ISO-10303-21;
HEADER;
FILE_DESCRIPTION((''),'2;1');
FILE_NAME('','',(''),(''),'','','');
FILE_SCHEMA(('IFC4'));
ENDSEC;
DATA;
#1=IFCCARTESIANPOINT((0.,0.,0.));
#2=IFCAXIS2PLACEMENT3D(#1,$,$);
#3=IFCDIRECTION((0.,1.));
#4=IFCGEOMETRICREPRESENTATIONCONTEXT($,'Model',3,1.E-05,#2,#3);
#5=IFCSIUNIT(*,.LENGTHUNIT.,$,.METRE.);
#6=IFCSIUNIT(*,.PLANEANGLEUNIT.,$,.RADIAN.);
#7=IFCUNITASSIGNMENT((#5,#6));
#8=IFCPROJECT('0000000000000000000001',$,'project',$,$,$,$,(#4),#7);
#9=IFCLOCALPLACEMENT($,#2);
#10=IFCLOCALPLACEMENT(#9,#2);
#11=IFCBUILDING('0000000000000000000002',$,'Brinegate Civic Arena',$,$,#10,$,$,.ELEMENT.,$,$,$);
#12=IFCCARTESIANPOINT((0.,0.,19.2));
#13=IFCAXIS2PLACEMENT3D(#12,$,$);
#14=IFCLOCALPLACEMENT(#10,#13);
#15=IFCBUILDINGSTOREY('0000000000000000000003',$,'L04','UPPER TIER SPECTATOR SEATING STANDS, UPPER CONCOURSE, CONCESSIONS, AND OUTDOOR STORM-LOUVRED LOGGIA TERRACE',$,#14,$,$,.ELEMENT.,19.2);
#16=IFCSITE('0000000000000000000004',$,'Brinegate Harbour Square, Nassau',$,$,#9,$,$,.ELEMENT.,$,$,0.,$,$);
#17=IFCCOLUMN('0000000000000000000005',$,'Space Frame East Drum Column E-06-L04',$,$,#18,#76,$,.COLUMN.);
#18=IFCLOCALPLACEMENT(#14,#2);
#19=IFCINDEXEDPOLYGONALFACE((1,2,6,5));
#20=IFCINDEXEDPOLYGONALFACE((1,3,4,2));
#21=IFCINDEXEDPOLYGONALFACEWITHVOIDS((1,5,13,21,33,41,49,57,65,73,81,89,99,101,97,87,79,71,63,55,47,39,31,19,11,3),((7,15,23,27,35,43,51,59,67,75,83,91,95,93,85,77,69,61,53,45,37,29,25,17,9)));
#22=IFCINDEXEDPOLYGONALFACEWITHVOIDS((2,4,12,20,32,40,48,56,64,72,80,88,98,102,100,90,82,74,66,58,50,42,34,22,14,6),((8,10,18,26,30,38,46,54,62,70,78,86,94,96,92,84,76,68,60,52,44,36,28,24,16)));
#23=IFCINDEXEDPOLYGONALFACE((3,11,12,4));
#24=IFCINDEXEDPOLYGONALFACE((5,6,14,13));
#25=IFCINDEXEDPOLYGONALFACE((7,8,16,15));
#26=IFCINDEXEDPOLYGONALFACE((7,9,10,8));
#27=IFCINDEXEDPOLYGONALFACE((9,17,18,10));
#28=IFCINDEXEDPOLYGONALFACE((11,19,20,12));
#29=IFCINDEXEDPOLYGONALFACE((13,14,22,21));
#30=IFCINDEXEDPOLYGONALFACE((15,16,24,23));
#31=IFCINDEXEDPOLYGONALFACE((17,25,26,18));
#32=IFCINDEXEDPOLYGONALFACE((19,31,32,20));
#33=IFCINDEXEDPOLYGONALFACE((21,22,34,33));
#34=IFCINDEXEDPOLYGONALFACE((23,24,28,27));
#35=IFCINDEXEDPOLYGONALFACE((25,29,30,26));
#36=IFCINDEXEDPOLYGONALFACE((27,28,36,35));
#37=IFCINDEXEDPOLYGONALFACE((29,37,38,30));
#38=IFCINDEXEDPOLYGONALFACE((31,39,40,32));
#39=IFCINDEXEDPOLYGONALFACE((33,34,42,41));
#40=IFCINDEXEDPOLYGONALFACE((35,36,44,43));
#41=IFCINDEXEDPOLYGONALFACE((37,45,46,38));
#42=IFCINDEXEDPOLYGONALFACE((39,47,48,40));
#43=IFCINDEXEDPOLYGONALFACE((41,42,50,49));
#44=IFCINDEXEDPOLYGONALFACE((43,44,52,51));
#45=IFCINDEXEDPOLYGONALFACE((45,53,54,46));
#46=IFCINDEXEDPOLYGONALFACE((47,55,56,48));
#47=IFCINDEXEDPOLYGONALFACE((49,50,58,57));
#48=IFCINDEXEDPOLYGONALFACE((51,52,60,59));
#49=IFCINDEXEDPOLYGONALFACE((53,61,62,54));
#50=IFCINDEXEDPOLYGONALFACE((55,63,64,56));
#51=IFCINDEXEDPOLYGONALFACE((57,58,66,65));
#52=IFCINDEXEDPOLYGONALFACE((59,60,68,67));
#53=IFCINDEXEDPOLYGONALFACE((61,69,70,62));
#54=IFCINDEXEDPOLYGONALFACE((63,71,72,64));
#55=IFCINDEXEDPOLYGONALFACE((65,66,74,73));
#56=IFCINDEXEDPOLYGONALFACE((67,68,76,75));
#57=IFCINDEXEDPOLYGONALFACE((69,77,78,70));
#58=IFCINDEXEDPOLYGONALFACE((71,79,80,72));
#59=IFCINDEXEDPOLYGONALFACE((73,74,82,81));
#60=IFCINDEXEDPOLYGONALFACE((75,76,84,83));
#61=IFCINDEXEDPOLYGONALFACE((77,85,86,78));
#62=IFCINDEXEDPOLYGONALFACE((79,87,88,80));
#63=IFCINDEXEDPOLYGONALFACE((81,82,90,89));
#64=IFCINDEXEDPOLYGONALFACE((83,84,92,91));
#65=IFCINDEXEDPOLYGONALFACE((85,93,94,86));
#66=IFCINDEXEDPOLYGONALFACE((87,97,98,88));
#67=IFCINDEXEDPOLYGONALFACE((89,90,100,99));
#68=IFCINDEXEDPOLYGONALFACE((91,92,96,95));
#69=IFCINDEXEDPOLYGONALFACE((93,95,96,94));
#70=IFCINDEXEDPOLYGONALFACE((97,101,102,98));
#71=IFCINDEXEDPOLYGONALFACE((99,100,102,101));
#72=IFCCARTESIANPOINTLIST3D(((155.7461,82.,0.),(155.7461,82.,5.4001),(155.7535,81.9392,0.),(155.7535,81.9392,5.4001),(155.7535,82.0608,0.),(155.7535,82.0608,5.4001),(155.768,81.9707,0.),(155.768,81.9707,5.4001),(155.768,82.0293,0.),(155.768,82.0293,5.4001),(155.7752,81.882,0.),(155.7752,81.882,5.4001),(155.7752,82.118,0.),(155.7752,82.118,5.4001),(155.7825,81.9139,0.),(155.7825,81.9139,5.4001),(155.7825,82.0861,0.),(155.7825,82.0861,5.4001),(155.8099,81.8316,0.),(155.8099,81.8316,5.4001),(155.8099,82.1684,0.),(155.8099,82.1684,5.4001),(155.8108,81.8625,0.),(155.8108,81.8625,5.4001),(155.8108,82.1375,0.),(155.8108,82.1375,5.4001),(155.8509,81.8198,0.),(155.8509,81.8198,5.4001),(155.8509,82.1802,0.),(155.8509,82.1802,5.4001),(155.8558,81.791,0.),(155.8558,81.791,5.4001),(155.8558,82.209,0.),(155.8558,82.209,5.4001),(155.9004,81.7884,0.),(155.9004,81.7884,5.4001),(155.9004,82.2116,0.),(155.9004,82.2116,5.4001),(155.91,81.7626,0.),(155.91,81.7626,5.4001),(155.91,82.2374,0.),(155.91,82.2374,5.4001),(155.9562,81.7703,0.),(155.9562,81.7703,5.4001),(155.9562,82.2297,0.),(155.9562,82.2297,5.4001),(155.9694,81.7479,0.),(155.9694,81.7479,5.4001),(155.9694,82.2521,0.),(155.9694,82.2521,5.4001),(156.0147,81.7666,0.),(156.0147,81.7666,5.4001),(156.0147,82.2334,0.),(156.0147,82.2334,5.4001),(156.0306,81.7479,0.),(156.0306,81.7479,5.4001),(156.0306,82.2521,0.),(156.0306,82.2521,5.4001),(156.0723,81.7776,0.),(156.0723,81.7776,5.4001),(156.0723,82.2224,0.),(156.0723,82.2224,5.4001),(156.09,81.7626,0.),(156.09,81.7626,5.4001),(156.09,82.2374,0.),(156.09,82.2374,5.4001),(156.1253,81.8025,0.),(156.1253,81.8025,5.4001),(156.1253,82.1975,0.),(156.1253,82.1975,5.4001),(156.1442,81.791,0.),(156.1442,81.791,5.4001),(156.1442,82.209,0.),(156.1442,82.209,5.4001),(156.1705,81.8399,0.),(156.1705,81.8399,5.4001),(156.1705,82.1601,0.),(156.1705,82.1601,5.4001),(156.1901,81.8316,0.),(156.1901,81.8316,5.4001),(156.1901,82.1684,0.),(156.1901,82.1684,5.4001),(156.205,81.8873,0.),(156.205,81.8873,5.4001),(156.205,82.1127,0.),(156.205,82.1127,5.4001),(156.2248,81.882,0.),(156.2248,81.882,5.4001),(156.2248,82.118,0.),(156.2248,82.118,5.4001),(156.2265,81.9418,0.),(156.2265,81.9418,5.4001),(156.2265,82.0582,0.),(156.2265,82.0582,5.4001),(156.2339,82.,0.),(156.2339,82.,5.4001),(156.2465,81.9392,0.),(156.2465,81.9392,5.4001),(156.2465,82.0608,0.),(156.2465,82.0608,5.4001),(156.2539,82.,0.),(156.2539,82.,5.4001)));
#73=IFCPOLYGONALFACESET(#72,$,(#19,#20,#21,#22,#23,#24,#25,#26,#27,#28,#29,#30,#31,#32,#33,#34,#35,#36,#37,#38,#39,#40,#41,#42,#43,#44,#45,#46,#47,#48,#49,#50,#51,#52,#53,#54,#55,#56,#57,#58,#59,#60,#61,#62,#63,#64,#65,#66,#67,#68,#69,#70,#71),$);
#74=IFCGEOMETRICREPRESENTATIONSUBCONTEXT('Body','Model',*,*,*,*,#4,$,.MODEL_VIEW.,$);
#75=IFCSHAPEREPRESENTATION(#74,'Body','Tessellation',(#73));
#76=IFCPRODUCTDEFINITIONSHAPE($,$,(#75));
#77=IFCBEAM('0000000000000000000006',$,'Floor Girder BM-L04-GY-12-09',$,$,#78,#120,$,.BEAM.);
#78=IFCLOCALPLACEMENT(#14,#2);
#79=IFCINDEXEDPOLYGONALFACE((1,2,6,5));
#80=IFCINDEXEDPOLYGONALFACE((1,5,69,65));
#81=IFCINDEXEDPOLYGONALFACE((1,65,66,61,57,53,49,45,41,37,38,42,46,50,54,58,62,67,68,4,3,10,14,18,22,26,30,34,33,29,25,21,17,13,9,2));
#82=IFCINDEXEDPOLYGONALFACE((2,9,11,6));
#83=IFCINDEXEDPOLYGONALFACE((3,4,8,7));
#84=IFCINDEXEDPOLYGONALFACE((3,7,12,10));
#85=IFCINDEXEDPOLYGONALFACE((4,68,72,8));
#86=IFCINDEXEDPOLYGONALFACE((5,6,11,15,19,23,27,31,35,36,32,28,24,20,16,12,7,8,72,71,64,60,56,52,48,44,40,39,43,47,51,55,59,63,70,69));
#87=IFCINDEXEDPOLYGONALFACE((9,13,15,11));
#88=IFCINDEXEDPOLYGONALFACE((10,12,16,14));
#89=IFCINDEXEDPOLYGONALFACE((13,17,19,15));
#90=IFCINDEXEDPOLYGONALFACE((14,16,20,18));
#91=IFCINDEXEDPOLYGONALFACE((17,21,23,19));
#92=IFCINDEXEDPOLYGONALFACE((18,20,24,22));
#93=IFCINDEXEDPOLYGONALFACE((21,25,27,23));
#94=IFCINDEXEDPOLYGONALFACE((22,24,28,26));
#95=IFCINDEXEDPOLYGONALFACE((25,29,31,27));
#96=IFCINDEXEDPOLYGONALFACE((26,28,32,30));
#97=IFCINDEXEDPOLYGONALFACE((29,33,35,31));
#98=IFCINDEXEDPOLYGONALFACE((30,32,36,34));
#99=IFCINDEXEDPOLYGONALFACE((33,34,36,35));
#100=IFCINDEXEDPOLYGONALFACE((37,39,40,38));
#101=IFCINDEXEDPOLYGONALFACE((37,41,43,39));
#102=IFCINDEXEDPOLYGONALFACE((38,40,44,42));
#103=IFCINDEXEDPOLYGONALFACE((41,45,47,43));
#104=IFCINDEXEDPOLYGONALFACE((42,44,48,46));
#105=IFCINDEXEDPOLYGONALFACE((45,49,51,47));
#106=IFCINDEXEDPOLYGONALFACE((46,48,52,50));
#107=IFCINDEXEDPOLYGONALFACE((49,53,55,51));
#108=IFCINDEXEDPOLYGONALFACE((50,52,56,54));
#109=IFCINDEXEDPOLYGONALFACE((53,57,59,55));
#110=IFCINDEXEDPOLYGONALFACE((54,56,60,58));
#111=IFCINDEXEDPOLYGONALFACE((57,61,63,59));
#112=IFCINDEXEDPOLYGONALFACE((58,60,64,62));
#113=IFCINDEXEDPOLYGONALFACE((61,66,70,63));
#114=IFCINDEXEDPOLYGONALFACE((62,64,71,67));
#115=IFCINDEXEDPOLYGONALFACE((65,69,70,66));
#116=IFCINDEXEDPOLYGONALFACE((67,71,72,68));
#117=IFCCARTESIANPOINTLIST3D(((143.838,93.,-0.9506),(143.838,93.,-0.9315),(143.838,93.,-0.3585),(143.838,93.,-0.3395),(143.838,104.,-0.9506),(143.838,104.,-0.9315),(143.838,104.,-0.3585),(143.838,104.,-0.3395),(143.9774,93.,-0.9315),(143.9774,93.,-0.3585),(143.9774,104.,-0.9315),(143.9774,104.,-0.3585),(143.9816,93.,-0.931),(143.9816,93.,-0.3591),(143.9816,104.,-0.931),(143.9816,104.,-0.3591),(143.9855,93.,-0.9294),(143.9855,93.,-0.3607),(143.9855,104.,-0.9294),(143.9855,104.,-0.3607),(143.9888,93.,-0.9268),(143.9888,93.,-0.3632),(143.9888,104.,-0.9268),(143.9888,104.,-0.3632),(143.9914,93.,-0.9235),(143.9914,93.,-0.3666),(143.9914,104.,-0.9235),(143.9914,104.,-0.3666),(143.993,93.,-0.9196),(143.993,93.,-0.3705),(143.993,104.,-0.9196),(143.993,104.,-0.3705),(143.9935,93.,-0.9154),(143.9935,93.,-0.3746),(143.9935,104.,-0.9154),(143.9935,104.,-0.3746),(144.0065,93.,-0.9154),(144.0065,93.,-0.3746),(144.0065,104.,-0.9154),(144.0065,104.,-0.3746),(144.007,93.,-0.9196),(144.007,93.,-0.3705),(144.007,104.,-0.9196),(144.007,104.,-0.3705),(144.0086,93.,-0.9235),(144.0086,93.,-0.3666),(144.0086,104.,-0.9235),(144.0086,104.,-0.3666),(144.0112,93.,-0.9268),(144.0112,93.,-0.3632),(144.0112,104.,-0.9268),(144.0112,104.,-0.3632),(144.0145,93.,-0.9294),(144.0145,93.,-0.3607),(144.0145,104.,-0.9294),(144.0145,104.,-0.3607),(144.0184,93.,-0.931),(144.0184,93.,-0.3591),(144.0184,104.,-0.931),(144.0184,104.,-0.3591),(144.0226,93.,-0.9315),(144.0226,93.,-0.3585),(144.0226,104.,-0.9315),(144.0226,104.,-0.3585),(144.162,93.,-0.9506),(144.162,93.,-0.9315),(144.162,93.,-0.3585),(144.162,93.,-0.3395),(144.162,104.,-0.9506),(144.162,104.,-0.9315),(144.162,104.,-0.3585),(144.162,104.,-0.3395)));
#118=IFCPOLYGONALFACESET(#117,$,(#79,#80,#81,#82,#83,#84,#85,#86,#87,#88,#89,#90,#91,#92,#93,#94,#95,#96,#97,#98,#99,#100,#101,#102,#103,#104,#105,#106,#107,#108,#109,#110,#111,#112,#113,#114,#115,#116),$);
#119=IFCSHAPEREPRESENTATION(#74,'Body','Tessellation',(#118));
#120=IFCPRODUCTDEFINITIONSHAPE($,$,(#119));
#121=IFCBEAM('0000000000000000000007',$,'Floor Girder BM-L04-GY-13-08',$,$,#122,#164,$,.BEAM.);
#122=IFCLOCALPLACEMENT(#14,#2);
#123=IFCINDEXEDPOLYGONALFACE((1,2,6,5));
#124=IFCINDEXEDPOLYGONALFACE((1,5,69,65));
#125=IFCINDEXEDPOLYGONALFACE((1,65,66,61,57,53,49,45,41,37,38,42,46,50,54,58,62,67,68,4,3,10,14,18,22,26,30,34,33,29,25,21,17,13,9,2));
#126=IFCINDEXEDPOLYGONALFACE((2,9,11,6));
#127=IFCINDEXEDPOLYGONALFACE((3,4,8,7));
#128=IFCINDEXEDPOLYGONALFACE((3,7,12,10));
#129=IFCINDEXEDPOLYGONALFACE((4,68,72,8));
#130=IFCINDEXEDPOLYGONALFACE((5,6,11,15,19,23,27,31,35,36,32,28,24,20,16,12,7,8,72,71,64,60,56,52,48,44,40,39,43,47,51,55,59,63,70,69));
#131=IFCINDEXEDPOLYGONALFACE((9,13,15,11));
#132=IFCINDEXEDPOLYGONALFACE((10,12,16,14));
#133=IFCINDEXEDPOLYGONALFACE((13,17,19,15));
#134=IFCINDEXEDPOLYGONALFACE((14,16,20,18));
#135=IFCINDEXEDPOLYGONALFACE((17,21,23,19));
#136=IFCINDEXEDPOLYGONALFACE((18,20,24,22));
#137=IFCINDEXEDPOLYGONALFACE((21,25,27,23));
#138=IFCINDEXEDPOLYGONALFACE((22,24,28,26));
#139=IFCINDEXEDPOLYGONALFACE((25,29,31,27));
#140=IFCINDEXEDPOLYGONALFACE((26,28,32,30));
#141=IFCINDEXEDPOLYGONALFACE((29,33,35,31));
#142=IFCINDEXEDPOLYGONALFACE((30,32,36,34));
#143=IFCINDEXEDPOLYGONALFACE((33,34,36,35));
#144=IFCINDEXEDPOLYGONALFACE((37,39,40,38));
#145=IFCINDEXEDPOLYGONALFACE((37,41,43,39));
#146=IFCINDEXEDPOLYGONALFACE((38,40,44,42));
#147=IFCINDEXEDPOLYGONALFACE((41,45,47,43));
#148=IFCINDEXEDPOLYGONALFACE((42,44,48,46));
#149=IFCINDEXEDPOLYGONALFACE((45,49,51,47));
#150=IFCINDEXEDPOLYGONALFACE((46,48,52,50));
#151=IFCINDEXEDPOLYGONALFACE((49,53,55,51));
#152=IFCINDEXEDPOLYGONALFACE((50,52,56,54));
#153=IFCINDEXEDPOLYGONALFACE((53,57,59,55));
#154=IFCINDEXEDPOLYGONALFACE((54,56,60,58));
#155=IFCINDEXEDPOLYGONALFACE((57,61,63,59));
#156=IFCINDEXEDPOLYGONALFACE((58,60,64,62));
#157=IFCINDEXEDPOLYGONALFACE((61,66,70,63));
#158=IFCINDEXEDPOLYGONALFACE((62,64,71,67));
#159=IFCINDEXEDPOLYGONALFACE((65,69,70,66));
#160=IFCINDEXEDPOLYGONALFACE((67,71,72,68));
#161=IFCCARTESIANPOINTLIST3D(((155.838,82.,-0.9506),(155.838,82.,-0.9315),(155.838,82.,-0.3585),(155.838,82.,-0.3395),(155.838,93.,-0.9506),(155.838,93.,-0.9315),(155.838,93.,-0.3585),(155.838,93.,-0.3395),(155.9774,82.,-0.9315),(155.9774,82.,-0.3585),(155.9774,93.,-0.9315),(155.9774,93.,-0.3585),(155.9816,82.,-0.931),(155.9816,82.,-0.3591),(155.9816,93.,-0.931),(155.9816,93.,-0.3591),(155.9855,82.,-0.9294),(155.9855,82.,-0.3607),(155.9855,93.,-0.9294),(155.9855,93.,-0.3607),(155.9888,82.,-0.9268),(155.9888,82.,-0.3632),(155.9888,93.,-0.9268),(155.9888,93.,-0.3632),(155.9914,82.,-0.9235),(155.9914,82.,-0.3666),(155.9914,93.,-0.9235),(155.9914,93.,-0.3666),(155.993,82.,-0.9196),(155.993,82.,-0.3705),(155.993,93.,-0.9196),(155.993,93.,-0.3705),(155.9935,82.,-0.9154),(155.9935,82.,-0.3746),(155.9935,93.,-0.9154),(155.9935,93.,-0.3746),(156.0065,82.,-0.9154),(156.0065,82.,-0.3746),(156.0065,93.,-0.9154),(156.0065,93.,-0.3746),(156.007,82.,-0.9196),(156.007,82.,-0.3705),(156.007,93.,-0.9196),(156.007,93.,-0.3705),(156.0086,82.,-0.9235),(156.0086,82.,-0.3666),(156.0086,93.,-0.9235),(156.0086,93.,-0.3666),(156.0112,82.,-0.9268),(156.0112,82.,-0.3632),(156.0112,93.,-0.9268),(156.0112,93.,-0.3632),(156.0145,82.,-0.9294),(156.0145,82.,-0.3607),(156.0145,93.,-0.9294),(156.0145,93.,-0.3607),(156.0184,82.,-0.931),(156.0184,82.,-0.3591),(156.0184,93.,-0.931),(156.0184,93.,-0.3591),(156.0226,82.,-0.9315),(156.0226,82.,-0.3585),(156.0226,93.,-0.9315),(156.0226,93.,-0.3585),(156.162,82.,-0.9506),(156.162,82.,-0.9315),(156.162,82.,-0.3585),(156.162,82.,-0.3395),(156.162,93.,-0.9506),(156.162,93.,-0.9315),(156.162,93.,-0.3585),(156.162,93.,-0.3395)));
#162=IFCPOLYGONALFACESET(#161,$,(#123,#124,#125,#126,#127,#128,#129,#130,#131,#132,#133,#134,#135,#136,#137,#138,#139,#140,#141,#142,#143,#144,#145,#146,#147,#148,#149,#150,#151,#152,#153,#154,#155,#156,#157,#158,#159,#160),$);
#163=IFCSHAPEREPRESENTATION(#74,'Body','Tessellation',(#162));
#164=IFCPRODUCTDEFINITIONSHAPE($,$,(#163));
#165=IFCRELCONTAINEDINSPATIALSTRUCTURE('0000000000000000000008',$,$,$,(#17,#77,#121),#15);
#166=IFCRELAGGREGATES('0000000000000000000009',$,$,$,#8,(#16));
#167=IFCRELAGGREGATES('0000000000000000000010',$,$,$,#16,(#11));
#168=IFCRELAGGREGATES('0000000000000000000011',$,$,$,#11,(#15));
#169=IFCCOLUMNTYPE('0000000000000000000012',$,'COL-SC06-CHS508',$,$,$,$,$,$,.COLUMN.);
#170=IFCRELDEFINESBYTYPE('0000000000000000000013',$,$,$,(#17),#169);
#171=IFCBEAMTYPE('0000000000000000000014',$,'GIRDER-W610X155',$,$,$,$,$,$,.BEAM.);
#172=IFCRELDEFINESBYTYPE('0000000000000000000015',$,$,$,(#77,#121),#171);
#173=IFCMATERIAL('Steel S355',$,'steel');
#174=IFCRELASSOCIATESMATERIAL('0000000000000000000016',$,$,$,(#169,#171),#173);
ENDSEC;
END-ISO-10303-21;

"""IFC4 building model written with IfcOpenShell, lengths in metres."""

from ifc_helpers import new_model, si_unit, direction, frame, origin, origin_2d, place, context, subcontext, project, spatial, hollow_circle, i_section, extrude, material, material_profile, profile_set, type_object, element, save


model = new_model("IFC4")

# Units and contexts
model_context = context("Model", 3, precision=1e-05, world=origin(), true_north=direction((0.0, 1.0)))
body_context = subcontext(model_context, "Body", "Model", "MODEL_VIEW")
ifc_project = project(units=[si_unit("LENGTHUNIT", "METRE"), si_unit("PLANEANGLEUNIT", "RADIAN")], contexts=[model_context])

# Site, building, storey
site_placement = place(None, origin())
site = spatial("IfcSite", under=ifc_project, at=site_placement, Name="Brinegate Harbour Square, Nassau", CompositionType="ELEMENT", RefElevation=0.0)
building_placement = place(site_placement, origin())
building = spatial("IfcBuilding", under=site, at=building_placement, Name="Brinegate Civic Arena", CompositionType="ELEMENT")
storey_placement = place(building_placement, frame((0.0, 0.0, 19.2)))
storey = spatial("IfcBuildingStorey", under=building, at=storey_placement, Name="L04", Description="UPPER TIER SPECTATOR SEATING STANDS, UPPER CONCOURSE, CONCESSIONS, AND OUTDOOR STORM-LOUVRED LOGGIA TERRACE", CompositionType="ELEMENT", Elevation=19.2)

# Column
ifc_material_1 = material(Name="Steel S355", Category="steel")
ifc_material_profile_1 = material_profile(ifc_material_1, hollow_circle(Radius=0.2539, WallThickness=0.02, at=origin_2d()), Name="CHS508X20")
ifc_profile_set_1 = profile_set([ifc_material_profile_1], Name="Steel S355")
column_type = type_object("IfcColumnType", Name="COL-SC06-CHS508", PredefinedType="COLUMN", material=ifc_profile_set_1)
column_placement = place(storey_placement, frame((156.0, 82.0, 0.0), z_axis=(0.0, 0.0, 1.0), x_axis=(1.0, 0.0, 0.0)))
element("IfcColumn", 1, at=column_placement, inside=storey, type_object=column_type, Name="Space Frame East Drum Column E-06-L04", PredefinedType="COLUMN", context=body_context, shape_type="SweptSolid", body=[
    extrude(hollow_circle(Radius=0.2539, WallThickness=0.02, at=origin_2d()), origin(), (0.0, 0.0, 1.0), 5.4001),
])

# Beams
ifc_material_profile_2 = material_profile(ifc_material_1, i_section(OverallWidth=0.324, OverallDepth=0.6111, WebThickness=0.0129, FlangeThickness=0.019, FilletRadius=0.0161, at=origin_2d()), Name="W610X155")
ifc_profile_set_2 = profile_set([ifc_material_profile_2], Name="Steel S355")
beam_type_1 = type_object("IfcBeamType", Name="GIRDER-W610X155", PredefinedType="BEAM", material=ifc_profile_set_2)
for number, where, z_axis, x_axis, name in (
    (2, (144.0, 93.0, -0.645), (0.0, 1.0, 0.0), (-1.0, 0.0, 0.0), "Floor Girder BM-L04-GY-12-09"),
    (3, (156.0, 82.0, -0.645), (0.0, 1.0, 0.0), (-1.0, 0.0, 0.0), "Floor Girder BM-L04-GY-13-08"),
):
    element("IfcBeam", number, at=place(storey_placement, frame(where, z_axis=z_axis, x_axis=x_axis)), inside=storey, type_object=beam_type_1, Name=name, PredefinedType="BEAM", context=body_context, shape_type="SweptSolid", body=[
        extrude(i_section(OverallWidth=0.324, OverallDepth=0.6111, WebThickness=0.0129, FlangeThickness=0.019, FilletRadius=0.0161, at=origin_2d()), origin(), (0.0, 0.0, 1.0), 11.0),
    ])

save(model, "model.ifc")
